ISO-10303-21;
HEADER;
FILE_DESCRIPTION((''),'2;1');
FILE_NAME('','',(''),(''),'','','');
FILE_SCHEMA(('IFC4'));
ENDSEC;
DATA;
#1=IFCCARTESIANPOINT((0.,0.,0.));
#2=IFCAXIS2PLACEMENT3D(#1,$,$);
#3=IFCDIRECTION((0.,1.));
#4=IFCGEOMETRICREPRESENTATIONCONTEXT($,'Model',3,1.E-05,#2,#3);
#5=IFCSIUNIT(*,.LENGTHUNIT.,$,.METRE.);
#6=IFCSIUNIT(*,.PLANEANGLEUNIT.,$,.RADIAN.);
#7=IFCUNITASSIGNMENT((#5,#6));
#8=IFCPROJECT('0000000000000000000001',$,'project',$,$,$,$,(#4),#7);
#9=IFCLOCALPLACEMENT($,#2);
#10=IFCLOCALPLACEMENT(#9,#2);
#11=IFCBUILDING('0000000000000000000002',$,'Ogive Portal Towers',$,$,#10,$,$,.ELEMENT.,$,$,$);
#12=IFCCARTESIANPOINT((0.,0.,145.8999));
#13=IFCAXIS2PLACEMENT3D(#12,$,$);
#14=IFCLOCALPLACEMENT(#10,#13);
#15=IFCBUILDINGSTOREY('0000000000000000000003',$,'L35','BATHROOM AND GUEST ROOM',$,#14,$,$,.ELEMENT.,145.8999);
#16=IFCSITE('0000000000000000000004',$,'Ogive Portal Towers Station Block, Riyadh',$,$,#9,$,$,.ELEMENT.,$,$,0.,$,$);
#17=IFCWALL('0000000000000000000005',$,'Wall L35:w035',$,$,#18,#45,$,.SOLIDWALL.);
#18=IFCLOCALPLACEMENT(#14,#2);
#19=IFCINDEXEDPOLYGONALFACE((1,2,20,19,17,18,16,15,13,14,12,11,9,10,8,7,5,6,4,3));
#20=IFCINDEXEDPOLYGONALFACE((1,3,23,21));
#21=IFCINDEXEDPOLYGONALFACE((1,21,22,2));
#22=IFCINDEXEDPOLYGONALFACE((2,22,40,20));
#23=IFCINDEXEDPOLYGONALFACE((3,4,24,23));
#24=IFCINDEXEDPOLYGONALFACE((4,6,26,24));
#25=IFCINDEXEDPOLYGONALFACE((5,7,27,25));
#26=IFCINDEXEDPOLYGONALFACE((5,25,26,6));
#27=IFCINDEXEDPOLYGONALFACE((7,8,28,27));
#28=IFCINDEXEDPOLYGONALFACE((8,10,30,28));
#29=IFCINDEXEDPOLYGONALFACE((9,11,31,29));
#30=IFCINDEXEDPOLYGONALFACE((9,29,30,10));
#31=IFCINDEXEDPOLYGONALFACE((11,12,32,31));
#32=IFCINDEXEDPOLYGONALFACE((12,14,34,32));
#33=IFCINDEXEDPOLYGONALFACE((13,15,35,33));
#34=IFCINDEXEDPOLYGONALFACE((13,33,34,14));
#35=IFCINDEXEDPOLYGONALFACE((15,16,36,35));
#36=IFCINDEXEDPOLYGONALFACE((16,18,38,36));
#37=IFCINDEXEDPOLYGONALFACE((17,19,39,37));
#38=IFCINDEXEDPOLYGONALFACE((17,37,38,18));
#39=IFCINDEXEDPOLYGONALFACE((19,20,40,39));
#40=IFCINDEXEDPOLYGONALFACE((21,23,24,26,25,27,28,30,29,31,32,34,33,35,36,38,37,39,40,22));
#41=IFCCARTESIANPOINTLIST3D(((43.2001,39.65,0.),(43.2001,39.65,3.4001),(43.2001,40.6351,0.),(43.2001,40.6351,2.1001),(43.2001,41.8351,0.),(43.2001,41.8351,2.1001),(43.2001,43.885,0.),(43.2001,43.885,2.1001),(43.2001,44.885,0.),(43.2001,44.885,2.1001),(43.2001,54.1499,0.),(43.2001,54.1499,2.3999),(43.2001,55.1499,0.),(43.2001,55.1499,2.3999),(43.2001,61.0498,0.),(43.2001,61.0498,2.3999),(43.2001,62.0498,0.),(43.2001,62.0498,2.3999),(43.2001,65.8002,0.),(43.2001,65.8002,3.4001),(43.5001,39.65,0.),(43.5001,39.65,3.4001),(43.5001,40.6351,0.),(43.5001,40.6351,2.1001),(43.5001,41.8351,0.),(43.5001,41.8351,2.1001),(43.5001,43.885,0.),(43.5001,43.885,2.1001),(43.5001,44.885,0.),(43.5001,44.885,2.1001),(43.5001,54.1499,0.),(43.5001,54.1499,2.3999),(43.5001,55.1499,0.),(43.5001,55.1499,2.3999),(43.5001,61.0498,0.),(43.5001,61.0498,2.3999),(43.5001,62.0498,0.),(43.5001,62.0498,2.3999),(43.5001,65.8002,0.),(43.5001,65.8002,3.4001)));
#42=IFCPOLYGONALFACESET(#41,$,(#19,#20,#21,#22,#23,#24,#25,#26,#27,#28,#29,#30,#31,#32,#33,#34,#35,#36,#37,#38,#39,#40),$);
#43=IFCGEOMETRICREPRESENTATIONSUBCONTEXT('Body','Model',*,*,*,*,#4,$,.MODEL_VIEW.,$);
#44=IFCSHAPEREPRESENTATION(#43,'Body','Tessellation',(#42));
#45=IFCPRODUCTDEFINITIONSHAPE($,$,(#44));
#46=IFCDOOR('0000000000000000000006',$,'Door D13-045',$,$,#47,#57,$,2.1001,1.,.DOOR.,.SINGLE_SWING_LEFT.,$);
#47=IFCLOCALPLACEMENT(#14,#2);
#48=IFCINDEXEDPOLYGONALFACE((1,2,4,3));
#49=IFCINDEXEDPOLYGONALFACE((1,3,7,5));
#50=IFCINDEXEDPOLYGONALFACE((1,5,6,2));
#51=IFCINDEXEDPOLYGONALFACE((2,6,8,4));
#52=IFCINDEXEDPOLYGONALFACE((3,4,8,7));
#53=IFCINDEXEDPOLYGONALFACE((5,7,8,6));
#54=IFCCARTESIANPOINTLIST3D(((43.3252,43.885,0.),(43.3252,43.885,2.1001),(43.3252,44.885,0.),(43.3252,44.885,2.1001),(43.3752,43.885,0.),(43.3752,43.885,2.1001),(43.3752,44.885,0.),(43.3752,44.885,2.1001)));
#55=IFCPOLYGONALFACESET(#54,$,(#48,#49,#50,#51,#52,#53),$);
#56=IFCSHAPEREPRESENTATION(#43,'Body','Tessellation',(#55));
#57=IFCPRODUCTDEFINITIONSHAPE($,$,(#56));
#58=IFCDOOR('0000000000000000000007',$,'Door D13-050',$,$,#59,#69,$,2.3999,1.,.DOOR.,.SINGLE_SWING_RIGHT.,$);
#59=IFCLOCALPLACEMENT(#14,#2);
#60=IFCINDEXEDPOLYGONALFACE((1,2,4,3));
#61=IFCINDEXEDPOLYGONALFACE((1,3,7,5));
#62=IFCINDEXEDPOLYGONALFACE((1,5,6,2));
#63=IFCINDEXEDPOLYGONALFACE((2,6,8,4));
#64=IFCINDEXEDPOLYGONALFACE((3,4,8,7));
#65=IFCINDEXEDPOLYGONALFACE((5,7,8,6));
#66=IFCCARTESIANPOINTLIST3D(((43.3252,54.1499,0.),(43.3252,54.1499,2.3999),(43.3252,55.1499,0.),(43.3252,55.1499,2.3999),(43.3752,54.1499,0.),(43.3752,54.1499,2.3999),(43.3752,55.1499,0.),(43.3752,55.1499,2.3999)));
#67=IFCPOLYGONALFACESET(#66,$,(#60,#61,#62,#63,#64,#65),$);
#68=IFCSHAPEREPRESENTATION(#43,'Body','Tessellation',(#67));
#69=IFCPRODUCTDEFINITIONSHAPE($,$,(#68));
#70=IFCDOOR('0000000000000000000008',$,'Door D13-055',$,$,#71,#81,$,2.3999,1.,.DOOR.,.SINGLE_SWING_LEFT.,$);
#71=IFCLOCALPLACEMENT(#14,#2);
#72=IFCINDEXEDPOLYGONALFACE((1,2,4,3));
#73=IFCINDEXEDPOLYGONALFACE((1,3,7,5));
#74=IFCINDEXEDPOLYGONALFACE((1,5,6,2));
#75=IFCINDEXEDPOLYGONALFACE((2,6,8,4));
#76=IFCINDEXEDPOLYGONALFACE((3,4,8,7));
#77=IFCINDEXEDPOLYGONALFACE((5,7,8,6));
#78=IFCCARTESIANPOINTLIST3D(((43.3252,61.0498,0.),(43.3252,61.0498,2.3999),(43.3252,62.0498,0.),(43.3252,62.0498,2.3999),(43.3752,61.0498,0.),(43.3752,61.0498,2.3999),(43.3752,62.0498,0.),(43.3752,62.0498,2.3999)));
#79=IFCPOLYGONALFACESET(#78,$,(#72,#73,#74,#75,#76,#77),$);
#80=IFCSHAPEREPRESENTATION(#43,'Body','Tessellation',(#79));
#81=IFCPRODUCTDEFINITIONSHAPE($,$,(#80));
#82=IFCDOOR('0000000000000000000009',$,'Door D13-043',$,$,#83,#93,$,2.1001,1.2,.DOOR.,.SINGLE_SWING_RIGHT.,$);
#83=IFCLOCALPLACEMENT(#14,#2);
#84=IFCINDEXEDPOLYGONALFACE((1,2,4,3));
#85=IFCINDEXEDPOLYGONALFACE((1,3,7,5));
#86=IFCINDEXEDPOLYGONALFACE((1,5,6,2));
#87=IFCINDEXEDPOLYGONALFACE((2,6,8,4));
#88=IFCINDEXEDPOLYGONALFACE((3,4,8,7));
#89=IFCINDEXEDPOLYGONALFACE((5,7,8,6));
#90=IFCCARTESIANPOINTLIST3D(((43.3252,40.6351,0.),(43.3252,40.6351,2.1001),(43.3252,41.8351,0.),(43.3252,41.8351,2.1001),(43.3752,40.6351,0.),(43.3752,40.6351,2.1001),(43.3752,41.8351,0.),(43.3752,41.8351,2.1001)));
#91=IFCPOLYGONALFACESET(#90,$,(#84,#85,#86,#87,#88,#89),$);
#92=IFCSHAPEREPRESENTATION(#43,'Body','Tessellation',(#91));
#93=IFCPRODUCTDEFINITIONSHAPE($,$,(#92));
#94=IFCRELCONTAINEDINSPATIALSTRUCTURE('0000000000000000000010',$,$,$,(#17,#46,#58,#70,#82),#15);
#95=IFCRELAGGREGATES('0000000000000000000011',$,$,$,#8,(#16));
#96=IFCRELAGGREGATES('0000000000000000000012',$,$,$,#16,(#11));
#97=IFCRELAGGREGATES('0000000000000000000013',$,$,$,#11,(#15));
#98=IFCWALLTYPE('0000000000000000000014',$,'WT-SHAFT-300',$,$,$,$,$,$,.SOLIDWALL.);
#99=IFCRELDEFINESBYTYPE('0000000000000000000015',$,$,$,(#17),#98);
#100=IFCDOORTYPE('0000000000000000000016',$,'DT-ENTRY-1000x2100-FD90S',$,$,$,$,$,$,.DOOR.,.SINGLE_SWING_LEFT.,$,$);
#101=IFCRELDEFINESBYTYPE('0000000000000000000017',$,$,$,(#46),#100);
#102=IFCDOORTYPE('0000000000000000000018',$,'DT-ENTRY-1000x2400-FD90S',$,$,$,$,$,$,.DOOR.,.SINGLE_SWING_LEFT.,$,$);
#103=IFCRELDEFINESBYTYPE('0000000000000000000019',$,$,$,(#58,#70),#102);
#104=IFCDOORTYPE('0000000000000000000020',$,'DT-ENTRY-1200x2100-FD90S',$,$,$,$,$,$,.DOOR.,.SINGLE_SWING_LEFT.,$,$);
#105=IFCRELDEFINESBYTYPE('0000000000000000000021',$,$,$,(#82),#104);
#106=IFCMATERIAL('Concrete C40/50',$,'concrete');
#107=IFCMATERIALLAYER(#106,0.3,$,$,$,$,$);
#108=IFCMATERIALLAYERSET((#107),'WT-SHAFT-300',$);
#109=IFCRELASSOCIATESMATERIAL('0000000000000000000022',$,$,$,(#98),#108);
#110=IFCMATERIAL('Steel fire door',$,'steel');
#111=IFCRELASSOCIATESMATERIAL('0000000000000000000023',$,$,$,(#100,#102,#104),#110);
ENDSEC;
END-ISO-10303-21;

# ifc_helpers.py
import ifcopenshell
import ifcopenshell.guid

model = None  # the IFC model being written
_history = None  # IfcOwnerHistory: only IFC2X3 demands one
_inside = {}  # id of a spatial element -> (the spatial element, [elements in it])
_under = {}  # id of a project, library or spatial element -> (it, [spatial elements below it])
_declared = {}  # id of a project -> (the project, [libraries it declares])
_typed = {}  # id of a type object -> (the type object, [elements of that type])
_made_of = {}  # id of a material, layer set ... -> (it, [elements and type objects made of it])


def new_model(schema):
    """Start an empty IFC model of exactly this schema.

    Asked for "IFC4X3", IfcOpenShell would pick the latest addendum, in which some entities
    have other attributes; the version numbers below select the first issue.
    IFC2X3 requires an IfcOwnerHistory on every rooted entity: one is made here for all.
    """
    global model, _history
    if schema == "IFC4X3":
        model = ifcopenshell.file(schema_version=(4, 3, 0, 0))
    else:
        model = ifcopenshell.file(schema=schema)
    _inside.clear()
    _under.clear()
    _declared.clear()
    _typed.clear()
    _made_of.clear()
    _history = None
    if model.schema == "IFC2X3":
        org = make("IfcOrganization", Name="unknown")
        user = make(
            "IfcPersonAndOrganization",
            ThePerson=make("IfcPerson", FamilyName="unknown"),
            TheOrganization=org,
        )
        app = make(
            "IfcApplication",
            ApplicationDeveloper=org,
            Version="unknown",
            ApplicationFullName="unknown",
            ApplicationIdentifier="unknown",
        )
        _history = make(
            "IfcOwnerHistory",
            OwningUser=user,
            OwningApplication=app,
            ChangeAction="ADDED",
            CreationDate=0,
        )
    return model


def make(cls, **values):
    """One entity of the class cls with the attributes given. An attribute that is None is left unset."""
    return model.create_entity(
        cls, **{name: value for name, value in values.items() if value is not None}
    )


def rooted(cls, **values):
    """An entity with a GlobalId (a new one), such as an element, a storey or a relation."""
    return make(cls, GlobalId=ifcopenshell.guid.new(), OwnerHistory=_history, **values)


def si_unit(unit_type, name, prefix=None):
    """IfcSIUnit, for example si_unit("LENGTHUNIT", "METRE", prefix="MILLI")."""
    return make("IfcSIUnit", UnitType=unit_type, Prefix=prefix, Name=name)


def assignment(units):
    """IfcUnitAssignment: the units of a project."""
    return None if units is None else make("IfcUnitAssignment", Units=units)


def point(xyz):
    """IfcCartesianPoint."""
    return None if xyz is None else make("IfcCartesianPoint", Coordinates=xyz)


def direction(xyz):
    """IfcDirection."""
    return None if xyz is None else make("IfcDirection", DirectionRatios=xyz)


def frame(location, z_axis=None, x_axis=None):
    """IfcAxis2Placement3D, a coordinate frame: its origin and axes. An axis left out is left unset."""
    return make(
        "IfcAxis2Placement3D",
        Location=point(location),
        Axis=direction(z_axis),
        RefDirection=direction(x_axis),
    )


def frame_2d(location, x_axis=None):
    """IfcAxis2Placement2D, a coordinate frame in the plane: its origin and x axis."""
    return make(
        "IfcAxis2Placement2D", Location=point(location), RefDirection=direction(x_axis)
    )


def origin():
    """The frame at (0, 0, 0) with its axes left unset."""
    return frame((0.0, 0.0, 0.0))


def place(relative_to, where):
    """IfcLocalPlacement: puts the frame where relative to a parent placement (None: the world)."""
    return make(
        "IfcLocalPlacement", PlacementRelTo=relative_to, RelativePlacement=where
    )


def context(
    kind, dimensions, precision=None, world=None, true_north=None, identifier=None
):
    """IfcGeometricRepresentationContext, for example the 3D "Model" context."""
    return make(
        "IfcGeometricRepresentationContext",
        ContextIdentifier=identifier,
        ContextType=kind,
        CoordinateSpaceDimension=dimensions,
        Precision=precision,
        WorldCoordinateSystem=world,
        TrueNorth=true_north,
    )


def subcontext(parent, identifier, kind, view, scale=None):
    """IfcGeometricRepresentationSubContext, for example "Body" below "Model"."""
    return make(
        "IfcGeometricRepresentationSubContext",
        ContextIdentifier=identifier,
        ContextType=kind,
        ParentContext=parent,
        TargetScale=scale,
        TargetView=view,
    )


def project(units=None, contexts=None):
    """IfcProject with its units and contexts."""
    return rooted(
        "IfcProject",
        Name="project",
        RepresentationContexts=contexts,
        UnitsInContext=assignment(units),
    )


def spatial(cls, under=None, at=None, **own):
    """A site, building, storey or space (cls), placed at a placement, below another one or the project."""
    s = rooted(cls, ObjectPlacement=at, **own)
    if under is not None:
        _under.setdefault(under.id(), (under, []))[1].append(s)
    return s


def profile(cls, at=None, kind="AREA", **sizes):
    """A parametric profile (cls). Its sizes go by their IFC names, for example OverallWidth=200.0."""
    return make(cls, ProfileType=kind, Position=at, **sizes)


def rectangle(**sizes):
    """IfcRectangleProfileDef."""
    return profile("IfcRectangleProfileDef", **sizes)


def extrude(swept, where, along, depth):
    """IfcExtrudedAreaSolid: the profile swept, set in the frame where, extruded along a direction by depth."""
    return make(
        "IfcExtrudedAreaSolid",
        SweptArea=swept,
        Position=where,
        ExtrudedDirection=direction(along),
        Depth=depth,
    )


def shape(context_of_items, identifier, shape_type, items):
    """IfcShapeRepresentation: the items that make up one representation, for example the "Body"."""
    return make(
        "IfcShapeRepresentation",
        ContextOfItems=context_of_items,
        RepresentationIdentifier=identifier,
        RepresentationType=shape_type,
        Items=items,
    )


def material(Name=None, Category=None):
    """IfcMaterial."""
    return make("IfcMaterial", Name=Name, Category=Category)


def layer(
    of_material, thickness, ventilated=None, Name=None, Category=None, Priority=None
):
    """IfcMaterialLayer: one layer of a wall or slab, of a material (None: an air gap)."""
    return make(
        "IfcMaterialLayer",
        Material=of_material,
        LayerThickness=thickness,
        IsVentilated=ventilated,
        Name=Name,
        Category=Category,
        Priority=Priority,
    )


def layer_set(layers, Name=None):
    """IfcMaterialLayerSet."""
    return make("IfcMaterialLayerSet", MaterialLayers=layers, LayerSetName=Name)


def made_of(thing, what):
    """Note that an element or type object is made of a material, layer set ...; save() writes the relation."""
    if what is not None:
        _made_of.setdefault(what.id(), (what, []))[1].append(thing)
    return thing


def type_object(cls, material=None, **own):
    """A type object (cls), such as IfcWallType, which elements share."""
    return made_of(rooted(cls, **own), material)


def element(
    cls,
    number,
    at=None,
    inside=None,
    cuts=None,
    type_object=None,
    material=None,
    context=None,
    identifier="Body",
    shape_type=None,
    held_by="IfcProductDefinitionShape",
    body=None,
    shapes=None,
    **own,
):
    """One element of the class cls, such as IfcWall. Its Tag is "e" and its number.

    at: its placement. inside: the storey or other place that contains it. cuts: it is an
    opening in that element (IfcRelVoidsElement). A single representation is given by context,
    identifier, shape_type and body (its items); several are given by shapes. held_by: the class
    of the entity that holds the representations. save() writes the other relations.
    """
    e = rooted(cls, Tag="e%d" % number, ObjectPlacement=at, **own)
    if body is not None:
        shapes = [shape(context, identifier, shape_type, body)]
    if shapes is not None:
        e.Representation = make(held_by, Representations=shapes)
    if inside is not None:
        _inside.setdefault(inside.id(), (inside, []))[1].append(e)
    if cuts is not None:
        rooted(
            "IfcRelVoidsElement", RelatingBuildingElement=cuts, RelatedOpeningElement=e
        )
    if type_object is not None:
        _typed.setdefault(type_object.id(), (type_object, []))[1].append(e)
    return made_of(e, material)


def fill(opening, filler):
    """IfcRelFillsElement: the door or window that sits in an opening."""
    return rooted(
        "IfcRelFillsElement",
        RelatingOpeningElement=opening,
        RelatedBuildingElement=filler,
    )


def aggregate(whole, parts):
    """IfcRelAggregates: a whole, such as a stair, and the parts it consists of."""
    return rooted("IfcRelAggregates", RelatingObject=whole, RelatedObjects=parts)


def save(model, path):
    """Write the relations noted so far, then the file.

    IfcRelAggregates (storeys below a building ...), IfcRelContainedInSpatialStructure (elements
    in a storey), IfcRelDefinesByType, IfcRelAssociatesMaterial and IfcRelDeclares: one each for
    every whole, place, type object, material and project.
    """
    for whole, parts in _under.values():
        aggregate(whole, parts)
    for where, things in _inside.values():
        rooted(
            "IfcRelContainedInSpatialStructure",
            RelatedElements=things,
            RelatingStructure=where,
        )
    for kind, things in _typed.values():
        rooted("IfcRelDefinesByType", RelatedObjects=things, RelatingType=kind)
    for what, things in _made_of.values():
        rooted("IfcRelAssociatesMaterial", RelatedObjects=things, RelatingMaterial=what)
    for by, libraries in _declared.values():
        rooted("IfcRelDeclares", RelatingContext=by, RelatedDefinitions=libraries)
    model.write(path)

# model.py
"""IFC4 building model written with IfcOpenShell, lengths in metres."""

from ifc_helpers import new_model, si_unit, direction, frame, frame_2d, origin, place, context, subcontext, project, spatial, rectangle, extrude, material, layer, layer_set, type_object, element, fill, save


model = new_model("IFC4")

# Units and contexts
model_context = context("Model", 3, precision=1e-05, world=origin(), true_north=direction((0.0, 1.0)))
body_context = subcontext(model_context, "Body", "Model", "MODEL_VIEW")
ifc_project = project(units=[si_unit("LENGTHUNIT", "METRE"), si_unit("PLANEANGLEUNIT", "RADIAN")], contexts=[model_context])

# Site, building, storey
site_placement = place(None, origin())
site = spatial("IfcSite", under=ifc_project, at=site_placement, Name="Ogive Portal Towers Station Block, Riyadh", CompositionType="ELEMENT", RefElevation=0.0)
building_placement = place(site_placement, origin())
building = spatial("IfcBuilding", under=site, at=building_placement, Name="Ogive Portal Towers", CompositionType="ELEMENT")
storey_placement = place(building_placement, frame((0.0, 0.0, 145.8999)))
storey = spatial("IfcBuildingStorey", under=building, at=storey_placement, Name="L35", Description="BATHROOM AND GUEST ROOM", CompositionType="ELEMENT", Elevation=145.8999)

# Shared definitions
ifc_material_1 = material(Name="Steel fire door", Category="steel")

# Shared definitions
ifc_material_2 = material(Name="Concrete C40/50", Category="concrete")
ifc_layer_1 = layer(ifc_material_2, 0.3)
ifc_layer_set_1 = layer_set([ifc_layer_1], Name="WT-SHAFT-300")
wall_type_1 = type_object("IfcWallType", Name="WT-SHAFT-300", PredefinedType="SOLIDWALL", material=ifc_layer_set_1)

# Wall, openings, doors
wall_1_placement = place(storey_placement, frame((43.3501, 39.6499, 0.0), z_axis=(0.0, 0.0, 1.0), x_axis=(0.0, 1.0, 0.0)))
wall_1 = element("IfcWall", 1, at=wall_1_placement, inside=storey, type_object=wall_type_1, Name="Wall L35:w035", PredefinedType="SOLIDWALL", context=body_context, shape_type="SweptSolid", body=[
    extrude(rectangle(XDim=26.1501, YDim=0.3, at=frame_2d((13.0752, 0.0))), origin(), (0.0, 0.0, 1.0), 3.4001),
])
opening_1_placement = place(wall_1_placement, frame((0.9851, 0.0, 0.0)))
opening_1 = element("IfcOpeningElement", 2, at=opening_1_placement, cuts=wall_1, PredefinedType="OPENING", context=body_context, shape_type="SweptSolid", body=[
    extrude(rectangle(XDim=1.2, YDim=2.1001, at=frame_2d((0.6001, 1.05))), frame((0.0, 0.1602, 0.0), z_axis=(0.0, -1.0, 0.0), x_axis=(1.0, 0.0, 0.0)), (0.0, 0.0, 1.0), 0.3201),
])
opening_2_placement = place(wall_1_placement, frame((4.2351, 0.0, 0.0)))
opening_2 = element("IfcOpeningElement", 3, at=opening_2_placement, cuts=wall_1, PredefinedType="OPENING", context=body_context, shape_type="SweptSolid", body=[
    extrude(rectangle(XDim=1.0, YDim=2.1001, at=frame_2d((0.5, 1.05))), frame((0.0, 0.1602, 0.0), z_axis=(0.0, -1.0, 0.0), x_axis=(1.0, 0.0, 0.0)), (0.0, 0.0, 1.0), 0.3201),
])
opening_3_placement = place(wall_1_placement, frame((14.5, 0.0, 0.0)))
opening_3 = element("IfcOpeningElement", 4, at=opening_3_placement, cuts=wall_1, PredefinedType="OPENING", context=body_context, shape_type="SweptSolid", body=[
    extrude(rectangle(XDim=1.0, YDim=2.3999, at=frame_2d((0.5, 1.2))), frame((0.0, 0.1602, 0.0), z_axis=(0.0, -1.0, 0.0), x_axis=(1.0, 0.0, 0.0)), (0.0, 0.0, 1.0), 0.3201),
])
opening_4_placement = place(wall_1_placement, frame((21.3999, 0.0, 0.0)))
opening_4 = element("IfcOpeningElement", 5, at=opening_4_placement, cuts=wall_1, PredefinedType="OPENING", context=body_context, shape_type="SweptSolid", body=[
    extrude(rectangle(XDim=1.0, YDim=2.3999, at=frame_2d((0.5, 1.2))), frame((0.0, 0.1602, 0.0), z_axis=(0.0, -1.0, 0.0), x_axis=(1.0, 0.0, 0.0)), (0.0, 0.0, 1.0), 0.3201),
])
door_type_1 = type_object("IfcDoorType", Name="DT-ENTRY-1000x2100-FD90S", OperationType="SINGLE_SWING_LEFT", PredefinedType="DOOR", material=ifc_material_1)
door_1_placement = place(opening_2_placement, origin())
door_1 = element("IfcDoor", 6, at=door_1_placement, inside=storey, type_object=door_type_1, Name="Door D13-045", OperationType="SINGLE_SWING_LEFT", OverallHeight=2.1001, OverallWidth=1.0, PredefinedType="DOOR", context=body_context, shape_type="SweptSolid", body=[
    extrude(rectangle(XDim=1.0, YDim=2.1001, at=frame_2d((0.5, 1.05))), frame((0.0, 0.0249, 0.0), z_axis=(0.0, -1.0, 0.0), x_axis=(1.0, 0.0, 0.0)), (0.0, 0.0, 1.0), 0.05),
])
fill(opening_2, door_1)
door_type_2 = type_object("IfcDoorType", Name="DT-ENTRY-1000x2400-FD90S", OperationType="SINGLE_SWING_LEFT", PredefinedType="DOOR", material=ifc_material_1)
door_2_placement = place(opening_3_placement, origin())
door_2 = element("IfcDoor", 7, at=door_2_placement, inside=storey, type_object=door_type_2, Name="Door D13-050", OperationType="SINGLE_SWING_RIGHT", OverallHeight=2.3999, OverallWidth=1.0, PredefinedType="DOOR", context=body_context, shape_type="SweptSolid", body=[
    extrude(rectangle(XDim=1.0, YDim=2.3999, at=frame_2d((0.5, 1.2))), frame((0.0, 0.0249, 0.0), z_axis=(0.0, -1.0, 0.0), x_axis=(1.0, 0.0, 0.0)), (0.0, 0.0, 1.0), 0.05),
])
fill(opening_3, door_2)
door_3_placement = place(opening_4_placement, origin())
door_3 = element("IfcDoor", 8, at=door_3_placement, inside=storey, type_object=door_type_2, Name="Door D13-055", OperationType="SINGLE_SWING_LEFT", OverallHeight=2.3999, OverallWidth=1.0, PredefinedType="DOOR", context=body_context, shape_type="SweptSolid", body=[
    extrude(rectangle(XDim=1.0, YDim=2.3999, at=frame_2d((0.5, 1.2))), frame((0.0, 0.0249, 0.0), z_axis=(0.0, -1.0, 0.0), x_axis=(1.0, 0.0, 0.0)), (0.0, 0.0, 1.0), 0.05),
])
fill(opening_4, door_3)
door_type_3 = type_object("IfcDoorType", Name="DT-ENTRY-1200x2100-FD90S", OperationType="SINGLE_SWING_LEFT", PredefinedType="DOOR", material=ifc_material_1)
door_4_placement = place(opening_1_placement, origin())
door_4 = element("IfcDoor", 9, at=door_4_placement, inside=storey, type_object=door_type_3, Name="Door D13-043", OperationType="SINGLE_SWING_RIGHT", OverallHeight=2.1001, OverallWidth=1.2, PredefinedType="DOOR", context=body_context, shape_type="SweptSolid", body=[
    extrude(rectangle(XDim=1.2, YDim=2.1001, at=frame_2d((0.6001, 1.05))), frame((0.0, 0.0249, 0.0), z_axis=(0.0, -1.0, 0.0), x_axis=(1.0, 0.0, 0.0)), (0.0, 0.0, 1.0), 0.05),
])
fill(opening_1, door_4)

save(model, "model.ifc")
